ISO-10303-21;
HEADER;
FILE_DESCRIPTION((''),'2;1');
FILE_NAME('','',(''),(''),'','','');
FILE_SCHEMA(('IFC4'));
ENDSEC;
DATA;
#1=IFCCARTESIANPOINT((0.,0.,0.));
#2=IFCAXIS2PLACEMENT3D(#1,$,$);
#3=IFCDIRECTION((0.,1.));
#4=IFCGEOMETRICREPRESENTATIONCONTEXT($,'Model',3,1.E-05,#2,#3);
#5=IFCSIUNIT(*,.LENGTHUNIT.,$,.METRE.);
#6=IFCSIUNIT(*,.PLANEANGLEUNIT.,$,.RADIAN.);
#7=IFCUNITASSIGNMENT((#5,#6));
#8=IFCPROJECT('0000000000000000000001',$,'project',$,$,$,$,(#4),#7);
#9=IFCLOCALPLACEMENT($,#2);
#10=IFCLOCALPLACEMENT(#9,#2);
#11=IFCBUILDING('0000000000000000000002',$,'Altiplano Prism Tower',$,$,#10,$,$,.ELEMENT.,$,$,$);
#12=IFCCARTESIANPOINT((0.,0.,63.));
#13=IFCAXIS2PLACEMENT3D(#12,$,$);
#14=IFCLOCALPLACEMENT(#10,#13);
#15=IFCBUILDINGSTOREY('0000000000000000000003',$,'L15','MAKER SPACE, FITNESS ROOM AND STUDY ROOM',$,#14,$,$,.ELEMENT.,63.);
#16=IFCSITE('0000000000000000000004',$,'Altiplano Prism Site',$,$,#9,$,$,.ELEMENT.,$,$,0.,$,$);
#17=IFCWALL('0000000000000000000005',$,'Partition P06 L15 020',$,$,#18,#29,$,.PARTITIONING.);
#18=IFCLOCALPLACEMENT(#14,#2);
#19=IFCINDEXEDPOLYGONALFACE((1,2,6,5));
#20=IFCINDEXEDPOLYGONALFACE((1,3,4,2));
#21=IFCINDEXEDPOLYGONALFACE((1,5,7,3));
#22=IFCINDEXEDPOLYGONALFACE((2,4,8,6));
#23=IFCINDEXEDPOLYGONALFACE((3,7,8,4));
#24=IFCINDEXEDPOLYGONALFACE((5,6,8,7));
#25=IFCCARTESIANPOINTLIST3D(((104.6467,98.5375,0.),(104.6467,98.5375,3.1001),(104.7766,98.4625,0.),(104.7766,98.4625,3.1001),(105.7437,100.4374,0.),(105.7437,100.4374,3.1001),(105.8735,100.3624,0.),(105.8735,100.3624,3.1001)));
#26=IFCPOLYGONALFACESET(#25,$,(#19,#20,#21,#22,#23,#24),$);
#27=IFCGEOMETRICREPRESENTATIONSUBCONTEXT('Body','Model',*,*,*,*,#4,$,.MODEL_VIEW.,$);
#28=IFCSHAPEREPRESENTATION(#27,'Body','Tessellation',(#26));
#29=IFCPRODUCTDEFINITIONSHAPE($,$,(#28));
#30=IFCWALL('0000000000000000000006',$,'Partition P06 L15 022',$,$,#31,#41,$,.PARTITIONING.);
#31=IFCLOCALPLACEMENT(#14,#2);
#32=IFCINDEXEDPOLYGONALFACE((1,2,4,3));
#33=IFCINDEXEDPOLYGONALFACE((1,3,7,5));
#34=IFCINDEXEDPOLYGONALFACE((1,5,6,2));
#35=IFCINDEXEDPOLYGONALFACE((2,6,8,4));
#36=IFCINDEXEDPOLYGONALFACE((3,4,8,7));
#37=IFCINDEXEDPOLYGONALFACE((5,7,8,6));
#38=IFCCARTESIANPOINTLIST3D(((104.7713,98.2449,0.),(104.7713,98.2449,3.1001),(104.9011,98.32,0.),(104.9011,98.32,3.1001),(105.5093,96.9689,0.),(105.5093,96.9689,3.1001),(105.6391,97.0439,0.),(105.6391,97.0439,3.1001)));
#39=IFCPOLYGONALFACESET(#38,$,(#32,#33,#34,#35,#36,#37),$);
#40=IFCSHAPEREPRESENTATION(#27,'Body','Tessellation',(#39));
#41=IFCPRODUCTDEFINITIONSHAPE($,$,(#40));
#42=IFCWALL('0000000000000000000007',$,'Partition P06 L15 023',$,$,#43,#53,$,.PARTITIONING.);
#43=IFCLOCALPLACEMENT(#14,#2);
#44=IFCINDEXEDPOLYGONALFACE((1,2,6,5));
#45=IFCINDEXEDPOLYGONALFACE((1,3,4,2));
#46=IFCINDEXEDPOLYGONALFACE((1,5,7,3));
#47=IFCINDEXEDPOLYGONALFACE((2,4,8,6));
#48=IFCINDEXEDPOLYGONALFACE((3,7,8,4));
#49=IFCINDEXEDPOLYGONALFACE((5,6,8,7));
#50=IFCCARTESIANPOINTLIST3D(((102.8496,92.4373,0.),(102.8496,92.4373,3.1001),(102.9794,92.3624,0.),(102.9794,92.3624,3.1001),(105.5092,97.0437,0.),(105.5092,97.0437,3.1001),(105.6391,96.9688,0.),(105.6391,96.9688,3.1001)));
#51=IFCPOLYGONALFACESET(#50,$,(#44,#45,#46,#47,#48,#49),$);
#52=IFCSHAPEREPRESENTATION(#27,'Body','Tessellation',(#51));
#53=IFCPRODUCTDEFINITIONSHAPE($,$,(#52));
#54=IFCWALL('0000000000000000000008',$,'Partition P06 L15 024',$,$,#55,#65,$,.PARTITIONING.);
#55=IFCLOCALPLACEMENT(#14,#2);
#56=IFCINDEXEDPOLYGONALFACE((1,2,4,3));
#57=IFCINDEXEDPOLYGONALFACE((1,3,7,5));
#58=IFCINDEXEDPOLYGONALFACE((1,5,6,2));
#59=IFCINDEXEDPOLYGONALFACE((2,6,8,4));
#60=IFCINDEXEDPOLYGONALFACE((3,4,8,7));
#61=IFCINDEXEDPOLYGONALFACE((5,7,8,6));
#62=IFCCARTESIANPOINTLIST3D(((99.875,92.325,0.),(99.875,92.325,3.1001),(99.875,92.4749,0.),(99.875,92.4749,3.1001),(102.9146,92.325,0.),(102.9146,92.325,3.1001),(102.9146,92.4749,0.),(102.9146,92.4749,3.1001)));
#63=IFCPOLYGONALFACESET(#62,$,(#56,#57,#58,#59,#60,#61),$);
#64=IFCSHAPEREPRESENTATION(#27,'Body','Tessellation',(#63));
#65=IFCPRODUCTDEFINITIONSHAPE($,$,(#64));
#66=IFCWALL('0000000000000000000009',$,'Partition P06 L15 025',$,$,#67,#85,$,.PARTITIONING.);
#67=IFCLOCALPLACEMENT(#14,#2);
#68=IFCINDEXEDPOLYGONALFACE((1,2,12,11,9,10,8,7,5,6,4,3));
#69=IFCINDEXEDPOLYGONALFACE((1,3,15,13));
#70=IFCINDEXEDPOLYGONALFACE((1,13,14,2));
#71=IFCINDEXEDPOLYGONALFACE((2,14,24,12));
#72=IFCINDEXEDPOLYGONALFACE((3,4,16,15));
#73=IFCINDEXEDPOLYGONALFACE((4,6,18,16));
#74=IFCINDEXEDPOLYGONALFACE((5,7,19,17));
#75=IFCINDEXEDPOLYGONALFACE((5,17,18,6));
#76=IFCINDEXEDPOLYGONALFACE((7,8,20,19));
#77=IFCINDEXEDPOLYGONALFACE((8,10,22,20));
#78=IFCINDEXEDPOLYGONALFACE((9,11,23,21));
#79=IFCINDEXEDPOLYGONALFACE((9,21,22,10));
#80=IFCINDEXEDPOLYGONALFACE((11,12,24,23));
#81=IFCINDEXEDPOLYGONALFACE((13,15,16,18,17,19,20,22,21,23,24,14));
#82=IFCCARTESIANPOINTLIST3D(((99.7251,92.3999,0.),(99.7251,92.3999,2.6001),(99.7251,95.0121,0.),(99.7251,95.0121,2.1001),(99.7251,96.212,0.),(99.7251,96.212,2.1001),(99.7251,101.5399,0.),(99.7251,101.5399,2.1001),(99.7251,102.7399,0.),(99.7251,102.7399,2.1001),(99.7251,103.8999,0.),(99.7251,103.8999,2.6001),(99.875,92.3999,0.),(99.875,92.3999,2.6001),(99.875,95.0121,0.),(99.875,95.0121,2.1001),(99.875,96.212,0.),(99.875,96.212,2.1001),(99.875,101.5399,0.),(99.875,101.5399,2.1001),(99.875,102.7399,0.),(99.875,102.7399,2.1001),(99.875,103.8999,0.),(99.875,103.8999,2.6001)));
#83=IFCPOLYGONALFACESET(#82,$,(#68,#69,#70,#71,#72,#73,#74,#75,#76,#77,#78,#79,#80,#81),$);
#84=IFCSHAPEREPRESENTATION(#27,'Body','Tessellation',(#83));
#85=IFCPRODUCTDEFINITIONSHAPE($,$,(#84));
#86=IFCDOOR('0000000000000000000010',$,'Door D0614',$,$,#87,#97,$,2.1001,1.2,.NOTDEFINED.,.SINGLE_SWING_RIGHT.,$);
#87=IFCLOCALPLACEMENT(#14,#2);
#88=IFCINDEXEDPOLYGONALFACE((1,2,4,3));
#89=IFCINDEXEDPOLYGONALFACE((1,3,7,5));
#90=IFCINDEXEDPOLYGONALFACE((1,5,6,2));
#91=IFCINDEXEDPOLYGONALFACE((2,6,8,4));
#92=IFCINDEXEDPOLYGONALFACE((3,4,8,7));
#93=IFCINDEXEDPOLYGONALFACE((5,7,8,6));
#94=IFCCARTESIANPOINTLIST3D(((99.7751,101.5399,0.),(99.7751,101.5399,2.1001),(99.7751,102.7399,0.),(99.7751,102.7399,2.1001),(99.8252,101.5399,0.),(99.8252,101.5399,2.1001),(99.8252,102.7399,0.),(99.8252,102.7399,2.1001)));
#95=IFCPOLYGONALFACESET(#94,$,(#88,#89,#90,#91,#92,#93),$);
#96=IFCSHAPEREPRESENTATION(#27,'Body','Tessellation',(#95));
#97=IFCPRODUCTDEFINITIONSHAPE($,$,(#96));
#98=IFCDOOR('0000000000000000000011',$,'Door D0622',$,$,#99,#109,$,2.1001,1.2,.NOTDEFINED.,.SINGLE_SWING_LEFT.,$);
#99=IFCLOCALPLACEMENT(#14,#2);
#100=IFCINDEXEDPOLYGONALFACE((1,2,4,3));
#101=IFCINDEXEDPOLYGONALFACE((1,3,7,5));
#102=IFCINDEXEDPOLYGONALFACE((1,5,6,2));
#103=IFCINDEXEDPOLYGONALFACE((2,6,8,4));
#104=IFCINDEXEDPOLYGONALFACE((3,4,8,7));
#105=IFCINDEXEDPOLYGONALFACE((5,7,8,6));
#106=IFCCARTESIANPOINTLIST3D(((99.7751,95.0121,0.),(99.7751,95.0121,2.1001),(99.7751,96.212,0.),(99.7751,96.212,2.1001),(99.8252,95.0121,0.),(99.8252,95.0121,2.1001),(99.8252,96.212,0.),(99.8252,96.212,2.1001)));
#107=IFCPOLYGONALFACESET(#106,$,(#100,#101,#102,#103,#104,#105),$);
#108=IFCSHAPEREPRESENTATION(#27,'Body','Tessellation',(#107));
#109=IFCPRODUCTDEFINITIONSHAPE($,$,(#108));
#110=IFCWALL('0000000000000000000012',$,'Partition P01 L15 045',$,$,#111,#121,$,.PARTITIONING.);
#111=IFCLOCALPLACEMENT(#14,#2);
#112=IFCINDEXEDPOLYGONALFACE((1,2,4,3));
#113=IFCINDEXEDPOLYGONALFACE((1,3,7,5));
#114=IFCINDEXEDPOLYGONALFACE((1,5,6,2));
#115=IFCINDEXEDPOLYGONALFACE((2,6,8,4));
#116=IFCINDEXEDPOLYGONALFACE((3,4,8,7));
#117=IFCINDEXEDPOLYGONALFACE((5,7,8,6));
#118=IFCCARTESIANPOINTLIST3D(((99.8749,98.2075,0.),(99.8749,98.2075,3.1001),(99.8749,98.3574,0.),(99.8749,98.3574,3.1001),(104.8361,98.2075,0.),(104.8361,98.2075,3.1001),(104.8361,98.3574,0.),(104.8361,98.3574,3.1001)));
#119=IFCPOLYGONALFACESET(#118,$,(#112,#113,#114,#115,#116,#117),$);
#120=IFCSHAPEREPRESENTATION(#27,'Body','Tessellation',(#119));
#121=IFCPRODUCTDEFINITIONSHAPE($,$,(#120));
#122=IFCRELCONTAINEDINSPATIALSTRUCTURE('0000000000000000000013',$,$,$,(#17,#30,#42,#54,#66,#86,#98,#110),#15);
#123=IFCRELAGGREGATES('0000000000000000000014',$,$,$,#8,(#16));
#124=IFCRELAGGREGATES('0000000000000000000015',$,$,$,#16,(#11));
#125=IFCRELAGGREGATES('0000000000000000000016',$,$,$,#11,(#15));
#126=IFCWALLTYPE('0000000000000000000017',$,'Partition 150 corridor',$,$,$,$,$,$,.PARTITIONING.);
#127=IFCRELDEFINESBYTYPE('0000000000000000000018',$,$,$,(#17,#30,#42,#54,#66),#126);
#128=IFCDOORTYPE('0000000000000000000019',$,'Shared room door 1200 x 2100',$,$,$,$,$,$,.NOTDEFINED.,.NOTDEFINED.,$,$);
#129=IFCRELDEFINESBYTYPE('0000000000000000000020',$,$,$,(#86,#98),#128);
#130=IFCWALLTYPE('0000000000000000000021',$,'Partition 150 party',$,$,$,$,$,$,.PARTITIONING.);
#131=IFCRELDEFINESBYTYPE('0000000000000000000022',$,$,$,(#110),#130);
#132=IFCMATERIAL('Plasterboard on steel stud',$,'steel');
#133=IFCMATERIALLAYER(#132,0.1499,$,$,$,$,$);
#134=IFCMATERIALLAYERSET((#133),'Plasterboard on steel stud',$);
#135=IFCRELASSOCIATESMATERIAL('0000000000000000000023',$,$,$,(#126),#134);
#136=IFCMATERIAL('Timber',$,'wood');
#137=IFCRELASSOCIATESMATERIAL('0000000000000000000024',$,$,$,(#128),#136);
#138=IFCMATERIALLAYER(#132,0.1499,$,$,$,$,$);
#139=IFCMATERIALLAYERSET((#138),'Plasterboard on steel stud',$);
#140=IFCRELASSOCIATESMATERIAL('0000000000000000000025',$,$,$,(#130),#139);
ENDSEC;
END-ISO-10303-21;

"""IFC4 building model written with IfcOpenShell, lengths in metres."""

from ifc_helpers import new_model, si_unit, direction, frame, frame_2d, origin, place, context, subcontext, project, spatial, rectangle, extrude, material, layer, layer_set, type_object, element, fill, save


model = new_model("IFC4")

# Units and contexts
model_context = context("Model", 3, precision=1e-05, world=origin(), true_north=direction((0.0, 1.0)))
body_context = subcontext(model_context, "Body", "Model", "MODEL_VIEW")
ifc_project = project(units=[si_unit("LENGTHUNIT", "METRE"), si_unit("PLANEANGLEUNIT", "RADIAN")], contexts=[model_context])

# Site, building, storey
site_placement = place(None, origin())
site = spatial("IfcSite", under=ifc_project, at=site_placement, Name="Altiplano Prism Site", CompositionType="ELEMENT", RefElevation=0.0)
building_placement = place(site_placement, origin())
building = spatial("IfcBuilding", under=site, at=building_placement, Name="Altiplano Prism Tower", CompositionType="ELEMENT")
storey_placement = place(building_placement, frame((0.0, 0.0, 63.0)))
storey = spatial("IfcBuildingStorey", under=building, at=storey_placement, Name="L15", Description="MAKER SPACE, FITNESS ROOM AND STUDY ROOM", CompositionType="ELEMENT", Elevation=63.0)

# Shared definitions
ifc_material_1 = material(Name="Plasterboard on steel stud", Category="steel")
ifc_layer_1 = layer(ifc_material_1, 0.1499)
ifc_layer_set_1 = layer_set([ifc_layer_1], Name="Plasterboard on steel stud")
wall_type_1 = type_object("IfcWallType", Name="Partition 150 corridor", PredefinedType="PARTITIONING", material=ifc_layer_set_1)

# Shared definitions
ifc_material_2 = material(Name="Timber", Category="wood")
door_type = type_object("IfcDoorType", Name="Shared room door 1200 x 2100", OperationType="NOTDEFINED", PredefinedType="NOTDEFINED", material=ifc_material_2)

# Walls
wall_1_placement = place(storey_placement, frame((105.8086, 100.3999, 0.0), z_axis=(0.0, 0.0, 1.0), x_axis=(-0.500005, -0.866023, 0.0)))
element("IfcWall", 1, at=wall_1_placement, inside=storey, type_object=wall_type_1, Name="Partition P06 L15 020", PredefinedType="PARTITIONING", context=body_context, shape_type="SweptSolid", body=[
    extrude(rectangle(XDim=2.1938, YDim=0.1499, at=frame_2d((1.0969, 0.0))), origin(), (0.0, 0.0, 1.0), 3.1001),
])
wall_2_placement = place(storey_placement, frame((104.8362, 98.2825, 0.0), z_axis=(0.0, 0.0, 1.0), x_axis=(0.500645, -0.865653, 0.0)))
element("IfcWall", 2, at=wall_2_placement, inside=storey, type_object=wall_type_1, Name="Partition P06 L15 022", PredefinedType="PARTITIONING", context=body_context, shape_type="SweptSolid", body=[
    extrude(rectangle(XDim=1.4741, YDim=0.1499, at=frame_2d((0.7371, 0.0))), origin(), (0.0, 0.0, 1.0), 3.1001),
])
wall_3_placement = place(storey_placement, frame((105.5742, 97.0063, 0.0), z_axis=(0.0, 0.0, 1.0), x_axis=(-0.500019, -0.866014, 0.0)))
element("IfcWall", 3, at=wall_3_placement, inside=storey, type_object=wall_type_1, Name="Partition P06 L15 023", PredefinedType="PARTITIONING", context=body_context, shape_type="SweptSolid", body=[
    extrude(rectangle(XDim=5.3191, YDim=0.1499, at=frame_2d((2.6597, 0.0))), origin(), (0.0, 0.0, 1.0), 3.1001),
])
wall_4_placement = place(storey_placement, frame((102.9146, 92.3999, 0.0), z_axis=(0.0, 0.0, 1.0), x_axis=(-1.0, 0.0, 0.0)))
element("IfcWall", 4, at=wall_4_placement, inside=storey, type_object=wall_type_1, Name="Partition P06 L15 024", PredefinedType="PARTITIONING", context=body_context, shape_type="SweptSolid", body=[
    extrude(rectangle(XDim=3.0396, YDim=0.1499, at=frame_2d((1.5198, 0.0))), origin(), (0.0, 0.0, 1.0), 3.1001),
])

# Wall, openings, doors
wall_5_placement = place(storey_placement, frame((99.8, 92.3999, 0.0), z_axis=(0.0, 0.0, 1.0), x_axis=(0.0, 1.0, 0.0)))
wall_5 = element("IfcWall", 5, at=wall_5_placement, inside=storey, type_object=wall_type_1, Name="Partition P06 L15 025", PredefinedType="PARTITIONING", context=body_context, shape_type="SweptSolid", body=[
    extrude(rectangle(XDim=11.5, YDim=0.1499, at=frame_2d((5.75, 0.0))), origin(), (0.0, 0.0, 1.0), 2.6001),
])
opening_1_placement = place(wall_5_placement, frame((9.1399, 0.0, 0.0)))
opening_1 = element("IfcOpeningElement", 6, at=opening_1_placement, cuts=wall_5, PredefinedType="OPENING", context=body_context, shape_type="SweptSolid", body=[
    extrude(rectangle(XDim=1.2, YDim=2.1001, at=frame_2d((0.6001, 1.05))), frame((0.0, 0.0854, 0.0), z_axis=(0.0, -1.0, 0.0), x_axis=(1.0, 0.0, 0.0)), (0.0, 0.0, 1.0), 0.1709),
])
opening_2_placement = place(wall_5_placement, frame((2.6121, 0.0, 0.0)))
opening_2 = element("IfcOpeningElement", 7, at=opening_2_placement, cuts=wall_5, PredefinedType="OPENING", context=body_context, shape_type="SweptSolid", body=[
    extrude(rectangle(XDim=1.2, YDim=2.1001, at=frame_2d((0.6001, 1.05))), frame((0.0, 0.0854, 0.0), z_axis=(0.0, -1.0, 0.0), x_axis=(1.0, 0.0, 0.0)), (0.0, 0.0, 1.0), 0.1709),
])
door_1_placement = place(opening_1_placement, origin())
door_1 = element("IfcDoor", 8, at=door_1_placement, inside=storey, type_object=door_type, Name="Door D0614", OperationType="SINGLE_SWING_RIGHT", OverallHeight=2.1001, OverallWidth=1.2, PredefinedType="NOTDEFINED", context=body_context, shape_type="SweptSolid", body=[
    extrude(rectangle(XDim=1.2, YDim=2.1001, at=frame_2d((0.6001, 1.05))), frame((0.0, 0.0249, 0.0), z_axis=(0.0, -1.0, 0.0), x_axis=(1.0, 0.0, 0.0)), (0.0, 0.0, 1.0), 0.05),
])
fill(opening_1, door_1)
door_2_placement = place(opening_2_placement, origin())
door_2 = element("IfcDoor", 9, at=door_2_placement, inside=storey, type_object=door_type, Name="Door D0622", OperationType="SINGLE_SWING_LEFT", OverallHeight=2.1001, OverallWidth=1.2, PredefinedType="NOTDEFINED", context=body_context, shape_type="SweptSolid", body=[
    extrude(rectangle(XDim=1.2, YDim=2.1001, at=frame_2d((0.6001, 1.05))), frame((0.0, 0.0249, 0.0), z_axis=(0.0, -1.0, 0.0), x_axis=(1.0, 0.0, 0.0)), (0.0, 0.0, 1.0), 0.05),
])
fill(opening_2, door_2)

# Wall
ifc_layer_2 = layer(ifc_material_1, 0.1499)
ifc_layer_set_2 = layer_set([ifc_layer_2], Name="Plasterboard on steel stud")
wall_type_2 = type_object("IfcWallType", Name="Partition 150 party", PredefinedType="PARTITIONING", material=ifc_layer_set_2)
wall_6_placement = place(storey_placement, frame((99.875, 98.2825, 0.0), z_axis=(0.0, 0.0, 1.0), x_axis=(1.0, 0.0, 0.0)))
element("IfcWall", 10, at=wall_6_placement, inside=storey, type_object=wall_type_2, Name="Partition P01 L15 045", PredefinedType="PARTITIONING", context=body_context, shape_type="SweptSolid", body=[
    extrude(rectangle(XDim=4.9612, YDim=0.1499, at=frame_2d((2.4805, 0.0))), origin(), (0.0, 0.0, 1.0), 3.1001),
])

save(model, "model.ifc")
